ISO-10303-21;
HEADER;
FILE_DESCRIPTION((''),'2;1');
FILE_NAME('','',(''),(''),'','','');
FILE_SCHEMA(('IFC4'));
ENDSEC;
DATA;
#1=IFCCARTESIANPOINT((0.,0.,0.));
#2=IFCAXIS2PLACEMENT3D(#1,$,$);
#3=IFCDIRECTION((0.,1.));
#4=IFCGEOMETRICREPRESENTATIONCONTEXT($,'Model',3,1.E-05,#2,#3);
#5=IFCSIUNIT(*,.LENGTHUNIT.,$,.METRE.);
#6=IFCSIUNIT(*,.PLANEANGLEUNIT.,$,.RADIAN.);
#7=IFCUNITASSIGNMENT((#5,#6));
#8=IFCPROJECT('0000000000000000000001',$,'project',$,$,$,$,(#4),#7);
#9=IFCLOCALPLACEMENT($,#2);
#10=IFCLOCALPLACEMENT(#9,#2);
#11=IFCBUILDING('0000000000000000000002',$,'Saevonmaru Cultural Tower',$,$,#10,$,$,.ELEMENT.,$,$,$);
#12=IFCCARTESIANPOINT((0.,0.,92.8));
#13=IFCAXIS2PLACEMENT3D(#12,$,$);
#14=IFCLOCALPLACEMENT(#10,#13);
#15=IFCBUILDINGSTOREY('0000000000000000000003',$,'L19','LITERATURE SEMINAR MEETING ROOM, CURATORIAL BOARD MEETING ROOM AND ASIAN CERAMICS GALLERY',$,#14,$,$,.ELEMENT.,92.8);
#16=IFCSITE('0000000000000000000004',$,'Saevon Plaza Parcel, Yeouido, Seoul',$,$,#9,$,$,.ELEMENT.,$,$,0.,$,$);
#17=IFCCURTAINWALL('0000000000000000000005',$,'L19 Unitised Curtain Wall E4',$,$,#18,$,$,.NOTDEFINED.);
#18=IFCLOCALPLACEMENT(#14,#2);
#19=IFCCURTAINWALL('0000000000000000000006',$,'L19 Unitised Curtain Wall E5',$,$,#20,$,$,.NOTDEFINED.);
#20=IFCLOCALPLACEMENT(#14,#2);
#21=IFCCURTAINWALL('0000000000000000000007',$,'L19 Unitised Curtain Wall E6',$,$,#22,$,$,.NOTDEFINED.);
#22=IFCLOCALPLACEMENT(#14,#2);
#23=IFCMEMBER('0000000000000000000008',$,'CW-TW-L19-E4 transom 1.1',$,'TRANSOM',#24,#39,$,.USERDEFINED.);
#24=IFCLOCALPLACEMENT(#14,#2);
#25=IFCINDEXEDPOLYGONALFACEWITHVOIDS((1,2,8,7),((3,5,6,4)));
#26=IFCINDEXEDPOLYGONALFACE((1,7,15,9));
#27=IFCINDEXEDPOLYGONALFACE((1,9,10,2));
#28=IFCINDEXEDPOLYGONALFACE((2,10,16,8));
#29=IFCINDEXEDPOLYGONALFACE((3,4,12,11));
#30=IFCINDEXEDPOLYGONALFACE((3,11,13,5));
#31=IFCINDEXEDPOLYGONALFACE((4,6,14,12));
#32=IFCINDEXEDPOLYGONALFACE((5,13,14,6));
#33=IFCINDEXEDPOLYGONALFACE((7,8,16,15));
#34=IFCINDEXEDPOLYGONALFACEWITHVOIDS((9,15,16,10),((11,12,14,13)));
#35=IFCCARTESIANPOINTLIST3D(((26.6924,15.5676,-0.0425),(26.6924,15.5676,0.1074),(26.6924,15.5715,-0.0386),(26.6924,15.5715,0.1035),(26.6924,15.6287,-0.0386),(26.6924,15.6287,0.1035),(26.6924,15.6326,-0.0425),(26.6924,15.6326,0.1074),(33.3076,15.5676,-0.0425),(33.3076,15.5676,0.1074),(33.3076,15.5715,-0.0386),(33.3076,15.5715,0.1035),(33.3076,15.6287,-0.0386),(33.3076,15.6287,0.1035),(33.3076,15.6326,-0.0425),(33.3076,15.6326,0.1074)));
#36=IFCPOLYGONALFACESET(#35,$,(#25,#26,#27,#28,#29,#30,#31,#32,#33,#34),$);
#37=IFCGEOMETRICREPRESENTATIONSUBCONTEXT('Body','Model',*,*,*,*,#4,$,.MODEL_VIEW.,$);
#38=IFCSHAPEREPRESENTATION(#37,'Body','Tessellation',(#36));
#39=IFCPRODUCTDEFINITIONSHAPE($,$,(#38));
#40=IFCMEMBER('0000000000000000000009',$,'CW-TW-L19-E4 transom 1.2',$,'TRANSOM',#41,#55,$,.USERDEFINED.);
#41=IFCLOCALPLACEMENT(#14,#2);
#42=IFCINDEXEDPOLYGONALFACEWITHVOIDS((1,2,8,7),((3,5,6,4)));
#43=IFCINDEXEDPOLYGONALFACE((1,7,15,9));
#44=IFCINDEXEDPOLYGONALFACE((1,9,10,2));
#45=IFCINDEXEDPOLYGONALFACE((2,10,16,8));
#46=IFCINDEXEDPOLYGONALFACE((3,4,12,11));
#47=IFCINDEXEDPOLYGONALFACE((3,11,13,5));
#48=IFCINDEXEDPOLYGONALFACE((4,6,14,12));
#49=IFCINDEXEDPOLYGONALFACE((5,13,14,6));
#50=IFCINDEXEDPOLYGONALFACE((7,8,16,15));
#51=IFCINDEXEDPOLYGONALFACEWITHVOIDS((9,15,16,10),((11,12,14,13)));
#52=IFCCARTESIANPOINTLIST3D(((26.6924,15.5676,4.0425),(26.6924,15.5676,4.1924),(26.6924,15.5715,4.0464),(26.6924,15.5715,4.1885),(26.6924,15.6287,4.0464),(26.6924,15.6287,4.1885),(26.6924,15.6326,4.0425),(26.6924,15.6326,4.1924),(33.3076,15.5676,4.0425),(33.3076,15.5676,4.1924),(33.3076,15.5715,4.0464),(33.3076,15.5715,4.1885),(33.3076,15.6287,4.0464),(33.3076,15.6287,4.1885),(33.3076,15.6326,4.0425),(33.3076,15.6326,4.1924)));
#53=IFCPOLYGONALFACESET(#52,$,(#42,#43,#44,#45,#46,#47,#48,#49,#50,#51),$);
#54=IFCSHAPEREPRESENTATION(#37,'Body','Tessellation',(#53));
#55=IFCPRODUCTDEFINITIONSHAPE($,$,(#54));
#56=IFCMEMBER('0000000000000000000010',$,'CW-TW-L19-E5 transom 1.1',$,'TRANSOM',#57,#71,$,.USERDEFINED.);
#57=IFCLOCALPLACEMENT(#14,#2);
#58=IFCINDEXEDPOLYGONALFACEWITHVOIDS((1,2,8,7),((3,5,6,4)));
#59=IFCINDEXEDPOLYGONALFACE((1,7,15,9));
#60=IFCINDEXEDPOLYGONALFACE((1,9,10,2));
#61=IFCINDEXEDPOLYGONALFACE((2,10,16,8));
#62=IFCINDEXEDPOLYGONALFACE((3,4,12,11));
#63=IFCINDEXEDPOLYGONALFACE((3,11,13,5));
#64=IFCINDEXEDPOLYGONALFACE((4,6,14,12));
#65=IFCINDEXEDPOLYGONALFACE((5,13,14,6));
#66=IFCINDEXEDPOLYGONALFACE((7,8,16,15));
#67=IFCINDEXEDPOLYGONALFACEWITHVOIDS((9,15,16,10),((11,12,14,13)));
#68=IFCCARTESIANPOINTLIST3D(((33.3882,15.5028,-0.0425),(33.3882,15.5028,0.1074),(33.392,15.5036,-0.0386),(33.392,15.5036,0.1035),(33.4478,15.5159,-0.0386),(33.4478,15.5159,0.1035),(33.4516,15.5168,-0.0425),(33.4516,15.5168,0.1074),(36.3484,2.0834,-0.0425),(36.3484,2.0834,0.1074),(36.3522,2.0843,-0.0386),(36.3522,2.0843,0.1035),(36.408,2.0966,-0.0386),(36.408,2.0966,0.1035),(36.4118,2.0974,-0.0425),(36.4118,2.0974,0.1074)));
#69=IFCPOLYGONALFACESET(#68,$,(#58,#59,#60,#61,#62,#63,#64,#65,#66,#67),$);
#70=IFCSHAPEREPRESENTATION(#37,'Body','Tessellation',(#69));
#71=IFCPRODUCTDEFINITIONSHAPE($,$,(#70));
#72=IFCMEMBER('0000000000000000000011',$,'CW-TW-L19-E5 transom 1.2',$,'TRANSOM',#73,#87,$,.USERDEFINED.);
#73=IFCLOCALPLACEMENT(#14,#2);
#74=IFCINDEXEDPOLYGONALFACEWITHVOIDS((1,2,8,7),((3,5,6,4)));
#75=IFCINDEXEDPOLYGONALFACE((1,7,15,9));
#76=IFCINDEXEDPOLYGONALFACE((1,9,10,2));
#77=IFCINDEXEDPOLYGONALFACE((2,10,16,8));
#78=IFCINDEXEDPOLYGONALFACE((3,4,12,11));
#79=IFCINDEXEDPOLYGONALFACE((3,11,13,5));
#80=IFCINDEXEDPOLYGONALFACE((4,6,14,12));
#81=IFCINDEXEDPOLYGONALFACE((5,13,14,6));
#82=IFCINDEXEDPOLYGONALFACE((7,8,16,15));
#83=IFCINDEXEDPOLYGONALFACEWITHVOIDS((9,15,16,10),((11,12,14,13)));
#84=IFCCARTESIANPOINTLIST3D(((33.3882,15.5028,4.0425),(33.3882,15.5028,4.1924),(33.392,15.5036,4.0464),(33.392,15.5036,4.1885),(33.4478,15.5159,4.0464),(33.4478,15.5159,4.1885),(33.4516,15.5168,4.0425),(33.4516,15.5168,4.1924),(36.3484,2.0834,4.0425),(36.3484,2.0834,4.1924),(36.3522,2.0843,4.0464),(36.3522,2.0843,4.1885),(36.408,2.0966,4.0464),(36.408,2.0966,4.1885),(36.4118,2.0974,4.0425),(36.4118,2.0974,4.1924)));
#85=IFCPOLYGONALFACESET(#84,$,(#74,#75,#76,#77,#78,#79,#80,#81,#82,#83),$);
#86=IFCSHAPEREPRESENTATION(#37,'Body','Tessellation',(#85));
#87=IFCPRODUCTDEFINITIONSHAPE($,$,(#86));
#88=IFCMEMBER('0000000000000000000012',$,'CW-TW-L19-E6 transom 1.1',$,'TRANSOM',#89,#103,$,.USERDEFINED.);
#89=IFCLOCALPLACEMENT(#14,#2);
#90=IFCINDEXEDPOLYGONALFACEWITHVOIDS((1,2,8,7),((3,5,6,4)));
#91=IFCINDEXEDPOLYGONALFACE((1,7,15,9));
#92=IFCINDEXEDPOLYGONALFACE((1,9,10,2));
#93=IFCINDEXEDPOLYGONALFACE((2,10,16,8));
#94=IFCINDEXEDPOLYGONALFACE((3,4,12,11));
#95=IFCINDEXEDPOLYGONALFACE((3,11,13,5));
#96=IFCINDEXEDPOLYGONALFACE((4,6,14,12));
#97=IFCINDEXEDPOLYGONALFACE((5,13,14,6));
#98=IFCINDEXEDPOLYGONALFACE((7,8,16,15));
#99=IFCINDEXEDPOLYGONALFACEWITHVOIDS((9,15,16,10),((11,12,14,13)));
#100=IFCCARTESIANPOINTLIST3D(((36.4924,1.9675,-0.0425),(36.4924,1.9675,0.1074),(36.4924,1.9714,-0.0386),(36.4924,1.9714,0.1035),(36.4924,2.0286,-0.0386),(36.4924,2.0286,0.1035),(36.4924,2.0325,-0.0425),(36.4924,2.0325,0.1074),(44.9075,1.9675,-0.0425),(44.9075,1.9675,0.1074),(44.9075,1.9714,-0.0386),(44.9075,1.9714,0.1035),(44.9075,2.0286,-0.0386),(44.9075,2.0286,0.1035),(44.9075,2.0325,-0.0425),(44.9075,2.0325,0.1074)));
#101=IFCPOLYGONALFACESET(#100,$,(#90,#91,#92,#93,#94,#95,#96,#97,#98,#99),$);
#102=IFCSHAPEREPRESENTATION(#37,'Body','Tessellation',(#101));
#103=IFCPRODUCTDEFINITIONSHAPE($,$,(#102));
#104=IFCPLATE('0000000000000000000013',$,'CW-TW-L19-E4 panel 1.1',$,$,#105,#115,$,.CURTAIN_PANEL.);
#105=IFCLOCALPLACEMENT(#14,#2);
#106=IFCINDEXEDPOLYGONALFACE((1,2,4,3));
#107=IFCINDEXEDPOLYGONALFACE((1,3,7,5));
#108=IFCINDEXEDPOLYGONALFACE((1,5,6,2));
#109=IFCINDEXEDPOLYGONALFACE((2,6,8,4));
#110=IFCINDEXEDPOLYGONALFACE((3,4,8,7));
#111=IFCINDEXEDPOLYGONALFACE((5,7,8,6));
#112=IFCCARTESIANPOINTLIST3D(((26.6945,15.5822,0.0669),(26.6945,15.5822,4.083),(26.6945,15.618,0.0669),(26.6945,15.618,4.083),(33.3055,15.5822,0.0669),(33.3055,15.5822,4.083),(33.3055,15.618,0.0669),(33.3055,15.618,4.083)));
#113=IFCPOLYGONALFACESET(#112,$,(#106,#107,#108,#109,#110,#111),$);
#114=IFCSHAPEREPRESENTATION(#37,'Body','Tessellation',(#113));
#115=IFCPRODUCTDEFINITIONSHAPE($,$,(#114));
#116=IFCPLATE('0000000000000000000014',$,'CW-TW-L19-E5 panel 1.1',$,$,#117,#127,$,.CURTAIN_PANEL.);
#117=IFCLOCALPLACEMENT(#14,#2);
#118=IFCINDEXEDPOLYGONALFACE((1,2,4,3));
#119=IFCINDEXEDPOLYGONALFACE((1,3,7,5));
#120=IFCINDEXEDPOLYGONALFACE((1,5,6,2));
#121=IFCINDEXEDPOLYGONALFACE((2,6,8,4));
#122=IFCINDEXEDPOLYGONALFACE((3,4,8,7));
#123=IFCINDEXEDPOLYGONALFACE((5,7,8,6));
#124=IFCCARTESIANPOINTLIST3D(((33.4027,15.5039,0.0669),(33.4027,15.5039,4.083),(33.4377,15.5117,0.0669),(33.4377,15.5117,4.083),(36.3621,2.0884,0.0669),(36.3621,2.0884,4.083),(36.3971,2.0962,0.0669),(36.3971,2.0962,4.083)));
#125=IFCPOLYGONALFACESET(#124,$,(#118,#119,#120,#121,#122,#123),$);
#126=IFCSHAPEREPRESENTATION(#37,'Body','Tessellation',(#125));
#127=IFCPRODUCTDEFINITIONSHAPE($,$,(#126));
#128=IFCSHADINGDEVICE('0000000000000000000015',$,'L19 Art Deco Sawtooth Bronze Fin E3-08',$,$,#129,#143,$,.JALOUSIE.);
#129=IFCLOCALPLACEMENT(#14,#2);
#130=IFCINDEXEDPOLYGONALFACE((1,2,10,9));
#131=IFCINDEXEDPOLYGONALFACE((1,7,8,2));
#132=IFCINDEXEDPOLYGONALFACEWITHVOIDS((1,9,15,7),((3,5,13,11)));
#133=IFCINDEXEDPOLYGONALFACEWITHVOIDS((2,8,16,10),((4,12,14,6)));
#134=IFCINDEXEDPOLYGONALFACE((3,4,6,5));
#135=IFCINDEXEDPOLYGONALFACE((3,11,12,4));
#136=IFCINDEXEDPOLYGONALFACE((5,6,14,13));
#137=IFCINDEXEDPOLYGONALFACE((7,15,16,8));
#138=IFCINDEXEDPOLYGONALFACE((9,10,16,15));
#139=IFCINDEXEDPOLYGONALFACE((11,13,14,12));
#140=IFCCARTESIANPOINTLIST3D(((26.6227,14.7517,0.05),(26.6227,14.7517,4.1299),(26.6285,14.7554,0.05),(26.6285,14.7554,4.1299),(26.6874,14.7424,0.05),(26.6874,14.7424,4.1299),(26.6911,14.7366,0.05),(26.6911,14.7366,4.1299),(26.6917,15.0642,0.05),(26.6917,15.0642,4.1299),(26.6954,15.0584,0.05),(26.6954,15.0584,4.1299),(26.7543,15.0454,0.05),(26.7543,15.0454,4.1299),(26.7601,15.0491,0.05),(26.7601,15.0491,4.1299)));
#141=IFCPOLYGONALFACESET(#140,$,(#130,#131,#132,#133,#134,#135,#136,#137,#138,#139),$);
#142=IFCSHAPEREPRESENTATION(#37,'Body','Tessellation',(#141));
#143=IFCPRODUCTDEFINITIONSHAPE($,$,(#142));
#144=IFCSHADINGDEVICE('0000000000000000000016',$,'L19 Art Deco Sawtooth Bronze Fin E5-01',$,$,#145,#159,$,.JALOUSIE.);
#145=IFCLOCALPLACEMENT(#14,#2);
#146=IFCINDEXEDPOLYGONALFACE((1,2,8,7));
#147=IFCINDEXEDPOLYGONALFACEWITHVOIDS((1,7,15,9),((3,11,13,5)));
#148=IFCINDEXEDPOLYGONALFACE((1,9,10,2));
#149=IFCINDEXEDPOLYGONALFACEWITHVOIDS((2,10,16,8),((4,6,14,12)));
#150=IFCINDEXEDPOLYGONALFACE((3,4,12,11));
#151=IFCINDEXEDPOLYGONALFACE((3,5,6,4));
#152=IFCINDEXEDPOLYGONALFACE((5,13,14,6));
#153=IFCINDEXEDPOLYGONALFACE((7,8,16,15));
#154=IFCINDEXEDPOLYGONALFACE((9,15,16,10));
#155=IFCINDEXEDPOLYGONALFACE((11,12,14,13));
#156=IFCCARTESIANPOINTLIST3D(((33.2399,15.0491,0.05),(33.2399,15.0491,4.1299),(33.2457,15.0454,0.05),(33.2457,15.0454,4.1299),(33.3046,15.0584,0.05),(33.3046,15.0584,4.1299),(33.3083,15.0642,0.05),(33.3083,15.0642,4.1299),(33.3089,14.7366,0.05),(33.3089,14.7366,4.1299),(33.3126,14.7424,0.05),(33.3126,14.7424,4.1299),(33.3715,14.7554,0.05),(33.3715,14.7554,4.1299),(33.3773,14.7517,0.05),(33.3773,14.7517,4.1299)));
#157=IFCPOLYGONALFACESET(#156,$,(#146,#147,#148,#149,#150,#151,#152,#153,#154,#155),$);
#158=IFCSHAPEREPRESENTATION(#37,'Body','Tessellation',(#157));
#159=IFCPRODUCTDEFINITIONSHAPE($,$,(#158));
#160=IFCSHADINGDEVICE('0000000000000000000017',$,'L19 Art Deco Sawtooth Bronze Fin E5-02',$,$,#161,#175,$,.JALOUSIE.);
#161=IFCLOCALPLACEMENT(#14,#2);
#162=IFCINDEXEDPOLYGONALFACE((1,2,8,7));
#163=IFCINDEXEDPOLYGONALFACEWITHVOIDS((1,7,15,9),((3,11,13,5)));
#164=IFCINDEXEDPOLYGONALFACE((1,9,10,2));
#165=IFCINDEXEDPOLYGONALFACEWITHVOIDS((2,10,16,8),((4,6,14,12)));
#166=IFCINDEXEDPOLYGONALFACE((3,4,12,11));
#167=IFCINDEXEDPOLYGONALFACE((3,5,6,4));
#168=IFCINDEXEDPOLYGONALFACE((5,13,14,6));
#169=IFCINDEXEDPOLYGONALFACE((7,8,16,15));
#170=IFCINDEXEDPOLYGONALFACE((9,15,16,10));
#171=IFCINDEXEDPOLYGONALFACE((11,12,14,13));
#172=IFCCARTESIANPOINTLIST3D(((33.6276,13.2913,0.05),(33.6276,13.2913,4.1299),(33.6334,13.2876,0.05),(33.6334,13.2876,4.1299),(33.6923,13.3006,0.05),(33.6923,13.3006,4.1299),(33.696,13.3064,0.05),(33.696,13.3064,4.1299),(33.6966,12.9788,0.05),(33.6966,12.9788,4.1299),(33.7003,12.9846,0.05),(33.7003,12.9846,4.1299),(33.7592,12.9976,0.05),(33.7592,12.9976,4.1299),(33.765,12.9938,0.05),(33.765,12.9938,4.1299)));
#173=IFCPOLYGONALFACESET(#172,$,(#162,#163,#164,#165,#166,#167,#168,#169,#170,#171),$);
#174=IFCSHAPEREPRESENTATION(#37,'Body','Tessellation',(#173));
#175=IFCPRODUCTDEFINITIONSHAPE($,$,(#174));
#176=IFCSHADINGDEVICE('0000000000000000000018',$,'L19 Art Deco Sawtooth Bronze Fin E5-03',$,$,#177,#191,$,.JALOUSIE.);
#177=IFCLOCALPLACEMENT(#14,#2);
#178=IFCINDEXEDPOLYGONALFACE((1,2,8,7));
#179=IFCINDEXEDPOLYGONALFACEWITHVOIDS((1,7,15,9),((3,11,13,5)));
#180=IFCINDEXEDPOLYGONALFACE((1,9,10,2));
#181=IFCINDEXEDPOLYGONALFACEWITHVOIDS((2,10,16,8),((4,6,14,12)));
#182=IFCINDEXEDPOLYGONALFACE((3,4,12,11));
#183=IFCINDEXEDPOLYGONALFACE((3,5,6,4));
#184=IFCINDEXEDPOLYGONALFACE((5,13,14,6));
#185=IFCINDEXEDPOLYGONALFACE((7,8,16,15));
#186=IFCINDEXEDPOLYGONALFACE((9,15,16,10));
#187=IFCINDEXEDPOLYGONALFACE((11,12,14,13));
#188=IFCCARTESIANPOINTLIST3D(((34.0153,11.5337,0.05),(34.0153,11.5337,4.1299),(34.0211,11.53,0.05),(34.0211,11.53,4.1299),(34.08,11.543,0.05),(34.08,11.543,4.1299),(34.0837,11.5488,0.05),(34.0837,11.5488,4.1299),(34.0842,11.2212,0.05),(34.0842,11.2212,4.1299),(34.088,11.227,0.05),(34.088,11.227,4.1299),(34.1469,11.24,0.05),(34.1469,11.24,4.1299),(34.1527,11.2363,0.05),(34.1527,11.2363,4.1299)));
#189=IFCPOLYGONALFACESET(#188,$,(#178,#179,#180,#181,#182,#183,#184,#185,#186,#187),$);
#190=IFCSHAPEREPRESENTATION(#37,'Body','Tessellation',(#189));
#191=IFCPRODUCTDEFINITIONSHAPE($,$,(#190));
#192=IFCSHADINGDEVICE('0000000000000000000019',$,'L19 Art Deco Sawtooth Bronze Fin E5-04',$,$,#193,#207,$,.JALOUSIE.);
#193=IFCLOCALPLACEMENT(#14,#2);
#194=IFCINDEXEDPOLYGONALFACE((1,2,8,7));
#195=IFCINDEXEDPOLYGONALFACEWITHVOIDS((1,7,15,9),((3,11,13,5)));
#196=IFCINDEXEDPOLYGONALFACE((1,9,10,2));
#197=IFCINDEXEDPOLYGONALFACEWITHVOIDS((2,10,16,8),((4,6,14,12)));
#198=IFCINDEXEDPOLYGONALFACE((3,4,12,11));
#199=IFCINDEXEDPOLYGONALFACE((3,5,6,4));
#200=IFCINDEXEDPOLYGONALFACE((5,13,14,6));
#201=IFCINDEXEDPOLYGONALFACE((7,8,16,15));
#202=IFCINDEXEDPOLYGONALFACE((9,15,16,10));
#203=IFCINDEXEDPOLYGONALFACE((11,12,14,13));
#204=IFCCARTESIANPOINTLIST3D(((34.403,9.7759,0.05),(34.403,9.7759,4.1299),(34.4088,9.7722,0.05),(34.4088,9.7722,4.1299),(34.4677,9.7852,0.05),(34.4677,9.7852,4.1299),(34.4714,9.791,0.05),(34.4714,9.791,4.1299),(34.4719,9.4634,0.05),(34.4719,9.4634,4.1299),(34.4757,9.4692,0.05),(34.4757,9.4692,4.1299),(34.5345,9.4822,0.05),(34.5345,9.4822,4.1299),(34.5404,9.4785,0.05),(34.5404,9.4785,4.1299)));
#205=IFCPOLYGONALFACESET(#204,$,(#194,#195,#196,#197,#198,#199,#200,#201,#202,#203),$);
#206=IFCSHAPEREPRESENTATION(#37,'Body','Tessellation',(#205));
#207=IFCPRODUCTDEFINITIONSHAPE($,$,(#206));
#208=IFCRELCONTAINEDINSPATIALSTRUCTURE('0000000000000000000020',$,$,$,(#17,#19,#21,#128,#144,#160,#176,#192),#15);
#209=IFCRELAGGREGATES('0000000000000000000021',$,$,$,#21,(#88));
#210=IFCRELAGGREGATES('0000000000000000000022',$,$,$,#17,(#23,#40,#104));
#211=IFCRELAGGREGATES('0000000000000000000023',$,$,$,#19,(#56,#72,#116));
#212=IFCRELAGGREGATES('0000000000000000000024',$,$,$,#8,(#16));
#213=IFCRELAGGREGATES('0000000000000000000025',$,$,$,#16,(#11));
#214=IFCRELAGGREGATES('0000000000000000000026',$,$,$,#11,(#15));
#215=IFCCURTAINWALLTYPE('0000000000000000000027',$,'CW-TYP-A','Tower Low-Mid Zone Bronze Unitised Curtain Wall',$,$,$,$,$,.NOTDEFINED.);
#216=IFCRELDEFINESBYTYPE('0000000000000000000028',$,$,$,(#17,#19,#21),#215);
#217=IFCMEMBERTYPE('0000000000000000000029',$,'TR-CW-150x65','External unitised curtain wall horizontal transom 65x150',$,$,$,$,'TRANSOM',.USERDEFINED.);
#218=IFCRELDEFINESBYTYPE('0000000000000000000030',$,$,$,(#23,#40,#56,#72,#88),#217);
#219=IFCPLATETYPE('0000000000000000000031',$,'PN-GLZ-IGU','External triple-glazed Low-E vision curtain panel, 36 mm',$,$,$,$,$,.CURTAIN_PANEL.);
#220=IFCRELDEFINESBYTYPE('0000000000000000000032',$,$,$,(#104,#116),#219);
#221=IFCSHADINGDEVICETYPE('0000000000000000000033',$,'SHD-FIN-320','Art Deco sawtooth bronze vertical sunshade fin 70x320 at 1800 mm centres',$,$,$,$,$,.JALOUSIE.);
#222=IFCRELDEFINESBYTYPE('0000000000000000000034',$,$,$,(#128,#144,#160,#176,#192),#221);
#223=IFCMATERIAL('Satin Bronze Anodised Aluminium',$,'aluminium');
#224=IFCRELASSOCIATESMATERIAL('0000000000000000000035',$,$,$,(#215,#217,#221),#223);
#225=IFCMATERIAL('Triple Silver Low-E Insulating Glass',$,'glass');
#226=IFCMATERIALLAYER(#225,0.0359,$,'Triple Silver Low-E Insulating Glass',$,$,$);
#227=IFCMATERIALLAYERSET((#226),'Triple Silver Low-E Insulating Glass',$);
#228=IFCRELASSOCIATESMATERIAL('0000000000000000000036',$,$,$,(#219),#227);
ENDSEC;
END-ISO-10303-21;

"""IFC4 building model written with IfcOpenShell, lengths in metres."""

from ifc_helpers import new_model, si_unit, direction, frame, origin, origin_2d, place, context, subcontext, project, spatial, rectangle, hollow_rectangle, extrude, material, layer, layer_set, material_profile, profile_set, type_object, element, aggregate, save


model = new_model("IFC4")

# Units and contexts
model_context = context("Model", 3, precision=1e-05, world=origin(), true_north=direction((0.0, 1.0)))
body_context = subcontext(model_context, "Body", "Model", "MODEL_VIEW")
ifc_project = project(units=[si_unit("LENGTHUNIT", "METRE"), si_unit("PLANEANGLEUNIT", "RADIAN")], contexts=[model_context])

# Site, building, storey
site_placement = place(None, origin())
site = spatial("IfcSite", under=ifc_project, at=site_placement, Name="Saevon Plaza Parcel, Yeouido, Seoul", CompositionType="ELEMENT", RefElevation=0.0)
building_placement = place(site_placement, origin())
building = spatial("IfcBuilding", under=site, at=building_placement, Name="Saevonmaru Cultural Tower", CompositionType="ELEMENT")
storey_placement = place(building_placement, frame((0.0, 0.0, 92.8)))
storey = spatial("IfcBuildingStorey", under=building, at=storey_placement, Name="L19", Description="LITERATURE SEMINAR MEETING ROOM, CURATORIAL BOARD MEETING ROOM AND ASIAN CERAMICS GALLERY", CompositionType="ELEMENT", Elevation=92.8)

# Curtain wall
ifc_material_1 = material(Name="Satin Bronze Anodised Aluminium", Category="aluminium")
curtain_wall_type = type_object("IfcCurtainWallType", Name="CW-TYP-A", Description="Tower Low-Mid Zone Bronze Unitised Curtain Wall", PredefinedType="NOTDEFINED", material=ifc_material_1)
curtain_wall_1_placement = place(storey_placement, origin())
curtain_wall_1 = element("IfcCurtainWall", 1, at=curtain_wall_1_placement, inside=storey, type_object=curtain_wall_type, Name="L19 Unitised Curtain Wall E4", PredefinedType="NOTDEFINED")

# Curtain wall
curtain_wall_2_placement = place(storey_placement, origin())
curtain_wall_2 = element("IfcCurtainWall", 2, at=curtain_wall_2_placement, inside=storey, type_object=curtain_wall_type, Name="L19 Unitised Curtain Wall E5", PredefinedType="NOTDEFINED")

# Curtain wall
curtain_wall_3_placement = place(storey_placement, origin())
curtain_wall_3 = element("IfcCurtainWall", 3, at=curtain_wall_3_placement, inside=storey, type_object=curtain_wall_type, Name="L19 Unitised Curtain Wall E6", PredefinedType="NOTDEFINED")

# Members
ifc_material_profile_1 = material_profile(ifc_material_1, hollow_rectangle(XDim=0.0649, YDim=0.1499, WallThickness=0.0039, at=origin_2d()), Name="ALU-TRAN-150x65x4")
ifc_profile_set_1 = profile_set([ifc_material_profile_1], Name="Satin Bronze Anodised Aluminium")
member_type_1 = type_object("IfcMemberType", Name="TR-CW-150x65", Description="External unitised curtain wall horizontal transom 65x150", ElementType="TRANSOM", PredefinedType="USERDEFINED", material=ifc_profile_set_1)
member_1_placement = place(storey_placement, frame((26.6924, 15.6001, 0.0325), z_axis=(1.0, 0.0, 0.0), x_axis=(0.0, 1.0, 0.0)))
member_1 = element("IfcMember", 4, at=member_1_placement, type_object=member_type_1, Name="CW-TW-L19-E4 transom 1.1", ObjectType="TRANSOM", PredefinedType="USERDEFINED", context=body_context, shape_type="SweptSolid", body=[
    extrude(hollow_rectangle(XDim=0.0649, YDim=0.1499, WallThickness=0.0039, at=origin_2d()), origin(), (0.0, 0.0, 1.0), 6.6152),
])
member_2_placement = place(storey_placement, frame((26.6924, 15.6001, 4.1174), z_axis=(1.0, 0.0, 0.0), x_axis=(0.0, 1.0, 0.0)))
member_2 = element("IfcMember", 5, at=member_2_placement, type_object=member_type_1, Name="CW-TW-L19-E4 transom 1.2", ObjectType="TRANSOM", PredefinedType="USERDEFINED", context=body_context, shape_type="SweptSolid", body=[
    extrude(hollow_rectangle(XDim=0.0649, YDim=0.1499, WallThickness=0.0039, at=origin_2d()), origin(), (0.0, 0.0, 1.0), 6.6152),
])
member_3_placement = place(storey_placement, frame((33.4199, 15.5098, 0.0325), z_axis=(0.215412, -0.976523, 0.0), x_axis=(0.976523, 0.215412, 0.0)))
member_3 = element("IfcMember", 6, at=member_3_placement, type_object=member_type_1, Name="CW-TW-L19-E5 transom 1.1", ObjectType="TRANSOM", PredefinedType="USERDEFINED", context=body_context, shape_type="SweptSolid", body=[
    extrude(hollow_rectangle(XDim=0.0649, YDim=0.1499, WallThickness=0.0039, at=origin_2d()), origin(), (0.0, 0.0, 1.0), 13.7419),
])
member_4_placement = place(storey_placement, frame((33.4199, 15.5098, 4.1174), z_axis=(0.215412, -0.976523, 0.0), x_axis=(0.976523, 0.215412, 0.0)))
member_4 = element("IfcMember", 7, at=member_4_placement, type_object=member_type_1, Name="CW-TW-L19-E5 transom 1.2", ObjectType="TRANSOM", PredefinedType="USERDEFINED", context=body_context, shape_type="SweptSolid", body=[
    extrude(hollow_rectangle(XDim=0.0649, YDim=0.1499, WallThickness=0.0039, at=origin_2d()), origin(), (0.0, 0.0, 1.0), 13.7419),
])
member_5_placement = place(storey_placement, frame((36.4924, 2.0, 0.0325), z_axis=(1.0, 0.0, 0.0), x_axis=(0.0, 1.0, 0.0)))
member_5 = element("IfcMember", 8, at=member_5_placement, type_object=member_type_1, Name="CW-TW-L19-E6 transom 1.1", ObjectType="TRANSOM", PredefinedType="USERDEFINED", context=body_context, shape_type="SweptSolid", body=[
    extrude(hollow_rectangle(XDim=0.0649, YDim=0.1499, WallThickness=0.0039, at=origin_2d()), origin(), (0.0, 0.0, 1.0), 8.415),
])
aggregate(curtain_wall_3, [member_5])

# Plates
ifc_material_2 = material(Name="Triple Silver Low-E Insulating Glass", Category="glass")
ifc_layer_1 = layer(ifc_material_2, 0.0359, Name="Triple Silver Low-E Insulating Glass")
ifc_layer_set_1 = layer_set([ifc_layer_1], Name="Triple Silver Low-E Insulating Glass")
plate_type = type_object("IfcPlateType", Name="PN-GLZ-IGU", Description="External triple-glazed Low-E vision curtain panel, 36 mm", PredefinedType="CURTAIN_PANEL", material=ifc_layer_set_1)
plate_1_placement = place(storey_placement, frame((30.0, 15.6001, 0.0669), z_axis=(0.0, 0.0, 1.0), x_axis=(1.0, 0.0, 0.0)))
plate_1 = element("IfcPlate", 9, at=plate_1_placement, type_object=plate_type, Name="CW-TW-L19-E4 panel 1.1", PredefinedType="CURTAIN_PANEL", context=body_context, shape_type="SweptSolid", body=[
    extrude(rectangle(XDim=6.6111, YDim=0.0359, at=origin_2d()), origin(), (0.0, 0.0, 1.0), 4.0161),
])
aggregate(curtain_wall_1, [member_1, member_2, plate_1])
plate_2_placement = place(storey_placement, frame((34.8999, 8.8, 0.0669), z_axis=(0.0, 0.0, 1.0), x_axis=(0.215413, -0.976523, 0.0)))
plate_2 = element("IfcPlate", 10, at=plate_2_placement, type_object=plate_type, Name="CW-TW-L19-E5 panel 1.1", PredefinedType="CURTAIN_PANEL", context=body_context, shape_type="SweptSolid", body=[
    extrude(rectangle(XDim=13.738, YDim=0.0359, at=origin_2d()), origin(), (0.0, 0.0, 1.0), 4.0161),
])
aggregate(curtain_wall_2, [member_3, member_4, plate_2])

# Shading devices
ifc_material_profile_2 = material_profile(ifc_material_1, hollow_rectangle(XDim=0.0701, YDim=0.3201, WallThickness=0.0049, at=origin_2d()), Name="FIN-320x70")
ifc_profile_set_2 = profile_set([ifc_material_profile_2], Name="Satin Bronze Anodised Aluminium")
shading_device_type = type_object("IfcShadingDeviceType", Name="SHD-FIN-320", Description="Art Deco sawtooth bronze vertical sunshade fin 70x320 at 1800 mm centres", PredefinedType="JALOUSIE", material=ifc_profile_set_2)
for number, where, z_axis, x_axis, name in (
    (11, (26.6914, 14.9004, 0.05), (0.0, 0.0, 1.0), (0.976522, -0.215417, 0.0), "L19 Art Deco Sawtooth Bronze Fin E3-08"),
    (12, (33.3086, 14.9004, 0.05), (0.0, 0.0, 1.0), (-0.976522, -0.215417, 0.0), "L19 Art Deco Sawtooth Bronze Fin E5-01"),
    (13, (33.6963, 13.1426, 0.05), (0.0, 0.0, 1.0), (-0.976522, -0.215417, 0.0), "L19 Art Deco Sawtooth Bronze Fin E5-02"),
    (14, (34.084, 11.385, 0.05), (0.0, 0.0, 1.0), (-0.976522, -0.215417, 0.0), "L19 Art Deco Sawtooth Bronze Fin E5-03"),
    (15, (34.4717, 9.6272, 0.05), (0.0, 0.0, 1.0), (-0.976522, -0.215417, 0.0), "L19 Art Deco Sawtooth Bronze Fin E5-04"),
):
    element("IfcShadingDevice", number, at=place(storey_placement, frame(where, z_axis=z_axis, x_axis=x_axis)), inside=storey, type_object=shading_device_type, Name=name, PredefinedType="JALOUSIE", context=body_context, shape_type="SweptSolid", body=[
        extrude(hollow_rectangle(XDim=0.0701, YDim=0.3201, WallThickness=0.0049, at=origin_2d()), origin(), (0.0, 0.0, 1.0), 4.0798),
    ])

save(model, "model.ifc")
